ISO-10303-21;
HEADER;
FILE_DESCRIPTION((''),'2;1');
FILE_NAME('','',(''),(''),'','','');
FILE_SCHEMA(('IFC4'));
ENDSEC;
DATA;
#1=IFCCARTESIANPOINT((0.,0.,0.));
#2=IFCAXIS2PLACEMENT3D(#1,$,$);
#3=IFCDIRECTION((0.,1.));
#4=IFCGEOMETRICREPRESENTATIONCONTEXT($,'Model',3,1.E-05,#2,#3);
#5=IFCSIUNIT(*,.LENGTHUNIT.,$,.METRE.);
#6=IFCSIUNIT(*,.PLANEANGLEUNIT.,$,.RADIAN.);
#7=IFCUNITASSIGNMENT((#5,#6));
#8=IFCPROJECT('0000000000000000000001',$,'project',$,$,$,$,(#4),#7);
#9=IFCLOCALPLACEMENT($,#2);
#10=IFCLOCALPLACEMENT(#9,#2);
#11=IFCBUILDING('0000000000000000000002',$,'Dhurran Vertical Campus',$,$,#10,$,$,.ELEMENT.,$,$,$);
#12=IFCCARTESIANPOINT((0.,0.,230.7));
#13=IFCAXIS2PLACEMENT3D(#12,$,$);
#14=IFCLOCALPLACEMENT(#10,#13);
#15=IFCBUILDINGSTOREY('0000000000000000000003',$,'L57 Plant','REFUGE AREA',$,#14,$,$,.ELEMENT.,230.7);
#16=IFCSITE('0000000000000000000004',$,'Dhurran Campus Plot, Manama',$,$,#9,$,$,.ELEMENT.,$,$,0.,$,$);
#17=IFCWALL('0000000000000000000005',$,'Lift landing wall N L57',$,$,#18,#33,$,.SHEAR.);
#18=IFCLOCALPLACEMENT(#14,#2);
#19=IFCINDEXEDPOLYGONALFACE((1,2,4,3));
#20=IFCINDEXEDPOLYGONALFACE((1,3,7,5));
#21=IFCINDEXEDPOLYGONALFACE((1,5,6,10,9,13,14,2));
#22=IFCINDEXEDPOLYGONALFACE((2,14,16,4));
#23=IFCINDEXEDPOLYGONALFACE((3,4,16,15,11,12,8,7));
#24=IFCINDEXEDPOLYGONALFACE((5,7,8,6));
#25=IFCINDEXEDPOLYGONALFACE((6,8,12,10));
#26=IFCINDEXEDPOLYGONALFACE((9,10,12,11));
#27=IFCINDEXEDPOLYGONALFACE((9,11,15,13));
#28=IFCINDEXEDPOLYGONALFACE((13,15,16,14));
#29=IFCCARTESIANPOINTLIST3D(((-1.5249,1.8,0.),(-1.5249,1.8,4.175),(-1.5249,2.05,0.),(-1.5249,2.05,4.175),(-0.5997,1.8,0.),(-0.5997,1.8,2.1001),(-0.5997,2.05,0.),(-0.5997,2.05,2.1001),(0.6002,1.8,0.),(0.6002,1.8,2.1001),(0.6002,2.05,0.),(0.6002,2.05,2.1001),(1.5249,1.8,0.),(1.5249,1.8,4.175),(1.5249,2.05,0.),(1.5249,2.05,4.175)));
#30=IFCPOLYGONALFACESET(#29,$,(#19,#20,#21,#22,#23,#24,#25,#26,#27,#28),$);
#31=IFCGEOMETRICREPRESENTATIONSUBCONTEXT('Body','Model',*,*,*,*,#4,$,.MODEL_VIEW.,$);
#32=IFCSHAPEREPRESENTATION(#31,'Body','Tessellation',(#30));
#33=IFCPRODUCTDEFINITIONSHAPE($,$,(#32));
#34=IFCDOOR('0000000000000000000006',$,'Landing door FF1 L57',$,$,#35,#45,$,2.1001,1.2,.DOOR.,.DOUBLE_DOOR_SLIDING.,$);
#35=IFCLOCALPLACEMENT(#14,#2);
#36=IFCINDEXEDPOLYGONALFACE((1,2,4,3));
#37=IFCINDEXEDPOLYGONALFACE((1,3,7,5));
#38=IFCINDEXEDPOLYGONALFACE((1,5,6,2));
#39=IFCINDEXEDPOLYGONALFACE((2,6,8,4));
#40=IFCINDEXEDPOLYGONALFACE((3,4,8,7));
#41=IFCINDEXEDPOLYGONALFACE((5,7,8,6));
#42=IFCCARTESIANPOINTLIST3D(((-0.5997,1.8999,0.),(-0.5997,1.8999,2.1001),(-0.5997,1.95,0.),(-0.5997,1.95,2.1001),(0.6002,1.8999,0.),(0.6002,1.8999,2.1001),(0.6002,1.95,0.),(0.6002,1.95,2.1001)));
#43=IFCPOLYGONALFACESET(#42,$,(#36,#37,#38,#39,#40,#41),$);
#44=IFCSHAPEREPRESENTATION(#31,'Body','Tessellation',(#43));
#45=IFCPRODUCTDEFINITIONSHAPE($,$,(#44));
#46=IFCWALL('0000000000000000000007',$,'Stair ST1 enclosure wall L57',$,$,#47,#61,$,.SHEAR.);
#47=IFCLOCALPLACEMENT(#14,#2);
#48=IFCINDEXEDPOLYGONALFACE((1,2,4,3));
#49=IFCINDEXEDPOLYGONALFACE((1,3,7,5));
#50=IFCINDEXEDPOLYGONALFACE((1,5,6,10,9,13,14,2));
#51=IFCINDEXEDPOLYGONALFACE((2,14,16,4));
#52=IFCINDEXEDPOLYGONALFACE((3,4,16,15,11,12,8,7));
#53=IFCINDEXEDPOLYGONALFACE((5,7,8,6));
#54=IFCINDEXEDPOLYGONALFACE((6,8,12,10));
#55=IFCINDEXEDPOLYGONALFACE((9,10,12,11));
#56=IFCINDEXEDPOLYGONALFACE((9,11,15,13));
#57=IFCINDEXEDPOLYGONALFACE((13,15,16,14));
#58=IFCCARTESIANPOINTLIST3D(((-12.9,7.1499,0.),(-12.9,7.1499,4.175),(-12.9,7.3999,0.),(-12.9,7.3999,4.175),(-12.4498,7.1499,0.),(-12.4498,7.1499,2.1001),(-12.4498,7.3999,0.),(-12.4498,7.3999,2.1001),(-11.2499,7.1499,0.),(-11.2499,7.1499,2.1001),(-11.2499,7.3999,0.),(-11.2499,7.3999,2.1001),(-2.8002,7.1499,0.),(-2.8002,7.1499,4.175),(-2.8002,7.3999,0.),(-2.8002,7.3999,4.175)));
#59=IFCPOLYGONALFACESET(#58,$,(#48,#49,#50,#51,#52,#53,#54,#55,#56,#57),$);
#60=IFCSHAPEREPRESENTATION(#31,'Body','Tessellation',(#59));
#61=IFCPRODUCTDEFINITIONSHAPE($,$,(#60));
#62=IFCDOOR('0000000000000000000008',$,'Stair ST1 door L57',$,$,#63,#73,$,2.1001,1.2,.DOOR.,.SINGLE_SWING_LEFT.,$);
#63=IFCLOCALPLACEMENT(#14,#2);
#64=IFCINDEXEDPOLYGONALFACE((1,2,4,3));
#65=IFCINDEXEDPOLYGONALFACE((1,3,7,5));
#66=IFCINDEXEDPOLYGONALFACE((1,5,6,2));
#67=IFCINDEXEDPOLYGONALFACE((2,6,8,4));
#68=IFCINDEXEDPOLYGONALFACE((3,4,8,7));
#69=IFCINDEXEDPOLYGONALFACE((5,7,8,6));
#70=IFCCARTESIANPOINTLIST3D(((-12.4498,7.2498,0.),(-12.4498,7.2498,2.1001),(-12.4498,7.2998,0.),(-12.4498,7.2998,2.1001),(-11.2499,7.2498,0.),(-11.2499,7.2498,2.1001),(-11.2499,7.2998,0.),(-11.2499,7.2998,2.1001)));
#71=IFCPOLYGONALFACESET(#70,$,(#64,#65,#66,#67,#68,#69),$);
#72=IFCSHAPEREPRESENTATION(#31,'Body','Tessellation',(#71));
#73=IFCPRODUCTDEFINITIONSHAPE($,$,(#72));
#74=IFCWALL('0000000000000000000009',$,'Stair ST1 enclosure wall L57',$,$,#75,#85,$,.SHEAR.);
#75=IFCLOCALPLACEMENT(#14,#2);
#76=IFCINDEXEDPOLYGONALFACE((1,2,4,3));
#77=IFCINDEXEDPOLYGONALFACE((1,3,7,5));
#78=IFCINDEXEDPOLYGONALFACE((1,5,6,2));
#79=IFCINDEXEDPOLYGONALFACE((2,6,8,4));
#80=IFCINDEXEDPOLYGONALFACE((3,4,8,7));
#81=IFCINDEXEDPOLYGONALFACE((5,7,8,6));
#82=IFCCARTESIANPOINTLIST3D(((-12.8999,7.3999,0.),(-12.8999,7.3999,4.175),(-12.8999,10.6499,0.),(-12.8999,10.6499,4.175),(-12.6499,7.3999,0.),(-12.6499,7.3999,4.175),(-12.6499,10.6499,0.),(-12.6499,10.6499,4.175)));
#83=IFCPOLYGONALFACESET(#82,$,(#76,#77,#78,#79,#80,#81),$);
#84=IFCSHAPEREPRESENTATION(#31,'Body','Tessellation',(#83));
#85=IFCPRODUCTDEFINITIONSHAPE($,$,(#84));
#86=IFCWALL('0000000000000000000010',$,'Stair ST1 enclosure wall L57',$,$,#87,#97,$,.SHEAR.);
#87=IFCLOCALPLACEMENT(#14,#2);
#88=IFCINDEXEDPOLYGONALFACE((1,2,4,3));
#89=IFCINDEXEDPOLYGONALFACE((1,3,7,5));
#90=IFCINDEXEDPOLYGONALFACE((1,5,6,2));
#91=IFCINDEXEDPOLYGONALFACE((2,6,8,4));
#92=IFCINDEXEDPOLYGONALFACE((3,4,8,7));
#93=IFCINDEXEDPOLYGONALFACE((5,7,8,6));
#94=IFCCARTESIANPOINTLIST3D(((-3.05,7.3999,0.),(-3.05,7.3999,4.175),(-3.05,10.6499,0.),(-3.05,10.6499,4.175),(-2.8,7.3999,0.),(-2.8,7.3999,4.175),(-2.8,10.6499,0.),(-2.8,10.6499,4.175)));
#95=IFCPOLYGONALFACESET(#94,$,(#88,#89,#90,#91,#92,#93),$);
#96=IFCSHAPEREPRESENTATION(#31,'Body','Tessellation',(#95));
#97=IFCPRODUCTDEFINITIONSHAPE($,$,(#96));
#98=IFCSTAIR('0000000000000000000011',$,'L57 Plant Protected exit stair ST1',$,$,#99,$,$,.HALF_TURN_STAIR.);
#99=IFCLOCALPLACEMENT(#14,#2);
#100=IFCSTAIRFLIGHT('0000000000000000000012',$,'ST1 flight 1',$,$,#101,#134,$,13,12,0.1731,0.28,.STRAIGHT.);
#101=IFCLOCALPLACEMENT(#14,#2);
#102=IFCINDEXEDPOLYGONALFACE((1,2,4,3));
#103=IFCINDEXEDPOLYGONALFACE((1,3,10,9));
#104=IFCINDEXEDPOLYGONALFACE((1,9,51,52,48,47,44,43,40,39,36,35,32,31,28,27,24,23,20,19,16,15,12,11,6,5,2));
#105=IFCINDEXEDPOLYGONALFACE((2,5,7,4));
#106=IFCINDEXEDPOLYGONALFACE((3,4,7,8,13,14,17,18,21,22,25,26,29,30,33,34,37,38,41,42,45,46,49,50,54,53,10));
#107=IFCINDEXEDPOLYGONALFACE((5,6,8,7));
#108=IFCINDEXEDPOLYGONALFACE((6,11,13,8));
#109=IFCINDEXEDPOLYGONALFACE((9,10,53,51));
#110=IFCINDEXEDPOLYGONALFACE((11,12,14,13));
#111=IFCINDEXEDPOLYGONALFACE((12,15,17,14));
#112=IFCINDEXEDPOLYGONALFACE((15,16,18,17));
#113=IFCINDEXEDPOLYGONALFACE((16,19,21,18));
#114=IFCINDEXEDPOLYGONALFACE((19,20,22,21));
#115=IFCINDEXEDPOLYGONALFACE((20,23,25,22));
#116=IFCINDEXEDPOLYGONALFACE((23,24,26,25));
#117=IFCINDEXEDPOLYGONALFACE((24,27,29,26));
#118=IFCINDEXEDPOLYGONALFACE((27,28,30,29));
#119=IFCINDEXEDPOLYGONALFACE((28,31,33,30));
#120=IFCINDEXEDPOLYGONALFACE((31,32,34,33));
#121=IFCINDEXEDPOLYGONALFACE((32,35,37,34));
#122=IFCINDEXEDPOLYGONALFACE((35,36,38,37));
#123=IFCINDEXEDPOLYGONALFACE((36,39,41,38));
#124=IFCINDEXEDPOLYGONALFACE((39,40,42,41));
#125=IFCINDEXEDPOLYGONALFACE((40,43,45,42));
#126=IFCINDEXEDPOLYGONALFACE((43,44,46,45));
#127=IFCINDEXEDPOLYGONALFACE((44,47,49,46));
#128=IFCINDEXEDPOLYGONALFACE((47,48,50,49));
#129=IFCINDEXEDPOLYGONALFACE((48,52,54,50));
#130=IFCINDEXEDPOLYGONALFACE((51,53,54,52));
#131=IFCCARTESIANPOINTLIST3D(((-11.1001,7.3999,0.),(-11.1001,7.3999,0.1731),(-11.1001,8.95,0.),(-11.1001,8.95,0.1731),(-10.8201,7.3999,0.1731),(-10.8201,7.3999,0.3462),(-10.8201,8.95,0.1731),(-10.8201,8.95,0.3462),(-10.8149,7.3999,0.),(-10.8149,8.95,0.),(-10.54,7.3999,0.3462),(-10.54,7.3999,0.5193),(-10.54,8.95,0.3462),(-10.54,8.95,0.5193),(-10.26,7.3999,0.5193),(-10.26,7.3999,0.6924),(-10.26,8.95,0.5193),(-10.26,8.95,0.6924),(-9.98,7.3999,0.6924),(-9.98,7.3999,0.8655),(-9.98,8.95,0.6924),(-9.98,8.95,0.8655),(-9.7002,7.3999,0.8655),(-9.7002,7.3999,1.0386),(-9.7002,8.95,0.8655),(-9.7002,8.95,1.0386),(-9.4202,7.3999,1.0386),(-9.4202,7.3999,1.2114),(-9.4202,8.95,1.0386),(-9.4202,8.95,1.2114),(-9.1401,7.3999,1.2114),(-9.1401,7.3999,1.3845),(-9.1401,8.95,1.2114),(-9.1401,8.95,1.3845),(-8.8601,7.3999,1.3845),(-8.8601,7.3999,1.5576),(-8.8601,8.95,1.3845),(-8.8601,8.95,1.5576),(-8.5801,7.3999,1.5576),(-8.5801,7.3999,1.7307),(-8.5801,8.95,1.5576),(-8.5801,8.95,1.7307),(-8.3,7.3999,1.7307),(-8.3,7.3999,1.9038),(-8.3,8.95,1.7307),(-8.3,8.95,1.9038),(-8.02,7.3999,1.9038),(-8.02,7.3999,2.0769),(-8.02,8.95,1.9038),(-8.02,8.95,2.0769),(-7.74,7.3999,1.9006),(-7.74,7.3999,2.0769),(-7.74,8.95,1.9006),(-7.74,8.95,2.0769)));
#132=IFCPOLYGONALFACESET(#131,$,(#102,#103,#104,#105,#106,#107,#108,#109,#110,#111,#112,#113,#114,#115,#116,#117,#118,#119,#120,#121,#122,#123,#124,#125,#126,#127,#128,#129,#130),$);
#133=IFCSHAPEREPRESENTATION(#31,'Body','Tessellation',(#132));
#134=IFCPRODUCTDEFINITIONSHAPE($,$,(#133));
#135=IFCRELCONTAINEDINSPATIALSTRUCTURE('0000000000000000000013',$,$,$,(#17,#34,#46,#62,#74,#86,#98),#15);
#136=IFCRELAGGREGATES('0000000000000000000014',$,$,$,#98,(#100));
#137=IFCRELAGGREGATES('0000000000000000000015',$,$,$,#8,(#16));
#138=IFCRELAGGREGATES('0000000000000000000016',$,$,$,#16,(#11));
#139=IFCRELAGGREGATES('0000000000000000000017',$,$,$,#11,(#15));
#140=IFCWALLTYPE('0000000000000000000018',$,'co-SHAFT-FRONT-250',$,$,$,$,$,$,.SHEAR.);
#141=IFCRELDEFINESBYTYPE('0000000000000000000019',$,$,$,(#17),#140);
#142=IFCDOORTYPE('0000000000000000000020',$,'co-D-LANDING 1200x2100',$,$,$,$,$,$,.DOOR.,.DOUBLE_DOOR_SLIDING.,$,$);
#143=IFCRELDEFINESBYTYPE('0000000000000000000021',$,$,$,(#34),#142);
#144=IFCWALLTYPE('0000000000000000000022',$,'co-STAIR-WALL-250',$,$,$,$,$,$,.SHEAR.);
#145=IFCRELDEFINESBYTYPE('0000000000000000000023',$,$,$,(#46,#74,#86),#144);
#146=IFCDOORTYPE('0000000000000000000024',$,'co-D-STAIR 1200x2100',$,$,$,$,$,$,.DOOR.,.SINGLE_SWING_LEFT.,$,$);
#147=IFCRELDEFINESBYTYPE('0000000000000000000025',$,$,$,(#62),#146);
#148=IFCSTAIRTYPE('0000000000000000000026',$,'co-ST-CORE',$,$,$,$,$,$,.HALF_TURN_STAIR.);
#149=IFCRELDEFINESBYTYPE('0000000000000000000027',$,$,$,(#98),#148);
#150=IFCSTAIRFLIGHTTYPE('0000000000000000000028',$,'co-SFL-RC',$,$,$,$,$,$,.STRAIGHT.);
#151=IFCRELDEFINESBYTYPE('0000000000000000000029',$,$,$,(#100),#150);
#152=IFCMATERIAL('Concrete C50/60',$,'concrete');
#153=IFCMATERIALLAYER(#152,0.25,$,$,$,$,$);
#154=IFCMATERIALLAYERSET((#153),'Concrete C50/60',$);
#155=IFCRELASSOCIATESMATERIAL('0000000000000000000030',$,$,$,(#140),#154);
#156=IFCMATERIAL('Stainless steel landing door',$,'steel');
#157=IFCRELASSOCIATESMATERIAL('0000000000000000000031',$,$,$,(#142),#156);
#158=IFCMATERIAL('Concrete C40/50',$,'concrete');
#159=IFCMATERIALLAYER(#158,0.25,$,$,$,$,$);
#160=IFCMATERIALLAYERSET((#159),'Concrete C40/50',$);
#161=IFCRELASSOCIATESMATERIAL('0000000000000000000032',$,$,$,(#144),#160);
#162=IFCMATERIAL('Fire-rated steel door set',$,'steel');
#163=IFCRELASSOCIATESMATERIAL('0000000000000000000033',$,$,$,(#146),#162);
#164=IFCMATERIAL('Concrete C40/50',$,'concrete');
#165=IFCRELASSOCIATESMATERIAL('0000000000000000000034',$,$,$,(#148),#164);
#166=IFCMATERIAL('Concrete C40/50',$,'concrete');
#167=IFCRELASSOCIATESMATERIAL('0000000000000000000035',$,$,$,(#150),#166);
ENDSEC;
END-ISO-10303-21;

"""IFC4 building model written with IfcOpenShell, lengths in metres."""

from ifc_helpers import new_model, si_unit, direction, frame, frame_2d, origin, place, context, subcontext, project, spatial, polyline, rectangle, outline, extrude, material, layer, layer_set, type_object, element, fill, aggregate, save


model = new_model("IFC4")

# Units and contexts
model_context = context("Model", 3, precision=1e-05, world=origin(), true_north=direction((0.0, 1.0)))
body_context = subcontext(model_context, "Body", "Model", "MODEL_VIEW")
ifc_project = project(units=[si_unit("LENGTHUNIT", "METRE"), si_unit("PLANEANGLEUNIT", "RADIAN")], contexts=[model_context])

# Site, building, storey
site_placement = place(None, origin())
site = spatial("IfcSite", under=ifc_project, at=site_placement, Name="Dhurran Campus Plot, Manama", CompositionType="ELEMENT", RefElevation=0.0)
building_placement = place(site_placement, origin())
building = spatial("IfcBuilding", under=site, at=building_placement, Name="Dhurran Vertical Campus", CompositionType="ELEMENT")
storey_placement = place(building_placement, frame((0.0, 0.0, 230.7)))
storey = spatial("IfcBuildingStorey", under=building, at=storey_placement, Name="L57 Plant", Description="REFUGE AREA", CompositionType="ELEMENT", Elevation=230.7)

# Walls, openings, doors
ifc_material_1 = material(Name="Concrete C50/60", Category="concrete")
ifc_layer_1 = layer(ifc_material_1, 0.25)
ifc_layer_set_1 = layer_set([ifc_layer_1], Name="Concrete C50/60")
wall_type_1 = type_object("IfcWallType", Name="co-SHAFT-FRONT-250", PredefinedType="SHEAR", material=ifc_layer_set_1)
wall_1_placement = place(storey_placement, frame((-1.5249, 1.925, 0.0), z_axis=(0.0, 0.0, 1.0), x_axis=(1.0, 0.0, 0.0)))
wall_1 = element("IfcWall", 1, at=wall_1_placement, inside=storey, type_object=wall_type_1, Name="Lift landing wall N L57", PredefinedType="SHEAR", context=body_context, shape_type="SweptSolid", body=[
    extrude(rectangle(XDim=3.0498, YDim=0.25, at=frame_2d((1.5249, 0.0))), origin(), (0.0, 0.0, 1.0), 4.175),
])
opening_1_placement = place(wall_1_placement, frame((0.925, 0.0, 0.0)))
opening_1 = element("IfcOpeningElement", 2, at=opening_1_placement, cuts=wall_1, PredefinedType="OPENING", context=body_context, shape_type="SweptSolid", body=[
    extrude(rectangle(XDim=1.2, YDim=2.1001, at=frame_2d((0.6001, 1.05))), frame((0.0, 0.135, 0.0), z_axis=(0.0, -1.0, 0.0), x_axis=(1.0, 0.0, 0.0)), (0.0, 0.0, 1.0), 0.27),
])
ifc_material_2 = material(Name="Stainless steel landing door", Category="steel")
door_type_1 = type_object("IfcDoorType", Name="co-D-LANDING 1200x2100", OperationType="DOUBLE_DOOR_SLIDING", PredefinedType="DOOR", material=ifc_material_2)
door_1_placement = place(opening_1_placement, origin())
door_1 = element("IfcDoor", 3, at=door_1_placement, inside=storey, type_object=door_type_1, Name="Landing door FF1 L57", OperationType="DOUBLE_DOOR_SLIDING", OverallHeight=2.1001, OverallWidth=1.2, PredefinedType="DOOR", context=body_context, shape_type="SweptSolid", body=[
    extrude(rectangle(XDim=1.2, YDim=2.1001, at=frame_2d((0.6001, 1.05))), frame((0.0, 0.0249, 0.0), z_axis=(0.0, -1.0, 0.0), x_axis=(1.0, 0.0, 0.0)), (0.0, 0.0, 1.0), 0.05),
])
fill(opening_1, door_1)
ifc_material_3 = material(Name="Concrete C40/50", Category="concrete")
ifc_layer_2 = layer(ifc_material_3, 0.25)
ifc_layer_set_2 = layer_set([ifc_layer_2], Name="Concrete C40/50")
wall_type_2 = type_object("IfcWallType", Name="co-STAIR-WALL-250", PredefinedType="SHEAR", material=ifc_layer_set_2)
wall_2_placement = place(storey_placement, frame((-12.8999, 7.2749, 0.0), z_axis=(0.0, 0.0, 1.0), x_axis=(1.0, 0.0, 0.0)))
wall_2 = element("IfcWall", 4, at=wall_2_placement, inside=storey, type_object=wall_type_2, Name="Stair ST1 enclosure wall L57", PredefinedType="SHEAR", context=body_context, shape_type="SweptSolid", body=[
    extrude(rectangle(XDim=10.0999, YDim=0.25, at=frame_2d((5.0498, 0.0))), origin(), (0.0, 0.0, 1.0), 4.175),
])
opening_2_placement = place(wall_2_placement, frame((0.45, 0.0, 0.0)))
opening_2 = element("IfcOpeningElement", 5, at=opening_2_placement, cuts=wall_2, PredefinedType="OPENING", context=body_context, shape_type="SweptSolid", body=[
    extrude(rectangle(XDim=1.2, YDim=2.1001, at=frame_2d((0.6001, 1.05))), frame((0.0, 0.135, 0.0), z_axis=(0.0, -1.0, 0.0), x_axis=(1.0, 0.0, 0.0)), (0.0, 0.0, 1.0), 0.27),
])
ifc_material_4 = material(Name="Fire-rated steel door set", Category="steel")
door_type_2 = type_object("IfcDoorType", Name="co-D-STAIR 1200x2100", OperationType="SINGLE_SWING_LEFT", PredefinedType="DOOR", material=ifc_material_4)
door_2_placement = place(opening_2_placement, origin())
door_2 = element("IfcDoor", 6, at=door_2_placement, inside=storey, type_object=door_type_2, Name="Stair ST1 door L57", OperationType="SINGLE_SWING_LEFT", OverallHeight=2.1001, OverallWidth=1.2, PredefinedType="DOOR", context=body_context, shape_type="SweptSolid", body=[
    extrude(rectangle(XDim=1.2, YDim=2.1001, at=frame_2d((0.6001, 1.05))), frame((0.0, 0.0249, 0.0), z_axis=(0.0, -1.0, 0.0), x_axis=(1.0, 0.0, 0.0)), (0.0, 0.0, 1.0), 0.05),
])
fill(opening_2, door_2)

# Walls
for number, where, z_axis, x_axis, name in (
    (7, (-12.7749, 7.3999, 0.0), (0.0, 0.0, 1.0), (0.0, 1.0, 0.0), "Stair ST1 enclosure wall L57"),
    (8, (-2.925, 7.3999, 0.0), (0.0, 0.0, 1.0), (0.0, 1.0, 0.0), "Stair ST1 enclosure wall L57"),
):
    element("IfcWall", number, at=place(storey_placement, frame(where, z_axis=z_axis, x_axis=x_axis)), inside=storey, type_object=wall_type_2, Name=name, PredefinedType="SHEAR", context=body_context, shape_type="SweptSolid", body=[
        extrude(rectangle(XDim=3.25, YDim=0.25, at=frame_2d((1.625, 0.0))), origin(), (0.0, 0.0, 1.0), 4.175),
    ])

# Stair, stair flight
ifc_material_5 = material(Name="Concrete C40/50", Category="concrete")
stair_type = type_object("IfcStairType", Name="co-ST-CORE", PredefinedType="HALF_TURN_STAIR", material=ifc_material_5)
stair_placement = place(storey_placement, origin())
stair = element("IfcStair", 9, at=stair_placement, inside=storey, type_object=stair_type, Name="L57 Plant Protected exit stair ST1", PredefinedType="HALF_TURN_STAIR")
ifc_material_6 = material(Name="Concrete C40/50", Category="concrete")
stair_flight_type = type_object("IfcStairFlightType", Name="co-SFL-RC", PredefinedType="STRAIGHT", material=ifc_material_6)
stair_flight_placement = place(storey_placement, frame((-11.1001, 8.175, 0.0), z_axis=(0.0, 0.0, 1.0), x_axis=(1.0, 0.0, 0.0)))
stair_flight = element("IfcStairFlight", 10, at=stair_flight_placement, type_object=stair_flight_type, Name="ST1 flight 1", NumberOfRisers=13, NumberOfTreads=12, PredefinedType="STRAIGHT", RiserHeight=0.1731, TreadLength=0.28, context=body_context, shape_type="SweptSolid", body=[
    extrude(outline(polyline([(0.0, 0.0), (0.0, 0.1731), (0.28, 0.1731), (0.28, 0.3462), (0.5601, 0.3462), (0.5601, 0.5193), (0.8401, 0.5193), (0.8401, 0.6924), (1.1201, 0.6924), (1.1201, 0.8655), (1.3999, 0.8655), (1.3999, 1.0386), (1.6799, 1.0386), (1.6799, 1.2114), (1.96, 1.2114), (1.96, 1.3845), (2.24, 1.3845), (2.24, 1.5576), (2.52, 1.5576), (2.52, 1.7307), (2.8, 1.7307), (2.8, 1.9038), (3.0801, 1.9038), (3.0801, 2.0769), (3.3601, 2.0769), (3.3601, 2.25), (3.3601, 1.9006), (0.2852, 0.0), (0.0, 0.0)])), frame((0.0, 0.7749, 0.0), z_axis=(0.0, -1.0, 0.0), x_axis=(1.0, 0.0, 0.0)), (0.0, 0.0, 1.0), 1.55),
])
aggregate(stair, [stair_flight])

save(model, "model.ifc")
